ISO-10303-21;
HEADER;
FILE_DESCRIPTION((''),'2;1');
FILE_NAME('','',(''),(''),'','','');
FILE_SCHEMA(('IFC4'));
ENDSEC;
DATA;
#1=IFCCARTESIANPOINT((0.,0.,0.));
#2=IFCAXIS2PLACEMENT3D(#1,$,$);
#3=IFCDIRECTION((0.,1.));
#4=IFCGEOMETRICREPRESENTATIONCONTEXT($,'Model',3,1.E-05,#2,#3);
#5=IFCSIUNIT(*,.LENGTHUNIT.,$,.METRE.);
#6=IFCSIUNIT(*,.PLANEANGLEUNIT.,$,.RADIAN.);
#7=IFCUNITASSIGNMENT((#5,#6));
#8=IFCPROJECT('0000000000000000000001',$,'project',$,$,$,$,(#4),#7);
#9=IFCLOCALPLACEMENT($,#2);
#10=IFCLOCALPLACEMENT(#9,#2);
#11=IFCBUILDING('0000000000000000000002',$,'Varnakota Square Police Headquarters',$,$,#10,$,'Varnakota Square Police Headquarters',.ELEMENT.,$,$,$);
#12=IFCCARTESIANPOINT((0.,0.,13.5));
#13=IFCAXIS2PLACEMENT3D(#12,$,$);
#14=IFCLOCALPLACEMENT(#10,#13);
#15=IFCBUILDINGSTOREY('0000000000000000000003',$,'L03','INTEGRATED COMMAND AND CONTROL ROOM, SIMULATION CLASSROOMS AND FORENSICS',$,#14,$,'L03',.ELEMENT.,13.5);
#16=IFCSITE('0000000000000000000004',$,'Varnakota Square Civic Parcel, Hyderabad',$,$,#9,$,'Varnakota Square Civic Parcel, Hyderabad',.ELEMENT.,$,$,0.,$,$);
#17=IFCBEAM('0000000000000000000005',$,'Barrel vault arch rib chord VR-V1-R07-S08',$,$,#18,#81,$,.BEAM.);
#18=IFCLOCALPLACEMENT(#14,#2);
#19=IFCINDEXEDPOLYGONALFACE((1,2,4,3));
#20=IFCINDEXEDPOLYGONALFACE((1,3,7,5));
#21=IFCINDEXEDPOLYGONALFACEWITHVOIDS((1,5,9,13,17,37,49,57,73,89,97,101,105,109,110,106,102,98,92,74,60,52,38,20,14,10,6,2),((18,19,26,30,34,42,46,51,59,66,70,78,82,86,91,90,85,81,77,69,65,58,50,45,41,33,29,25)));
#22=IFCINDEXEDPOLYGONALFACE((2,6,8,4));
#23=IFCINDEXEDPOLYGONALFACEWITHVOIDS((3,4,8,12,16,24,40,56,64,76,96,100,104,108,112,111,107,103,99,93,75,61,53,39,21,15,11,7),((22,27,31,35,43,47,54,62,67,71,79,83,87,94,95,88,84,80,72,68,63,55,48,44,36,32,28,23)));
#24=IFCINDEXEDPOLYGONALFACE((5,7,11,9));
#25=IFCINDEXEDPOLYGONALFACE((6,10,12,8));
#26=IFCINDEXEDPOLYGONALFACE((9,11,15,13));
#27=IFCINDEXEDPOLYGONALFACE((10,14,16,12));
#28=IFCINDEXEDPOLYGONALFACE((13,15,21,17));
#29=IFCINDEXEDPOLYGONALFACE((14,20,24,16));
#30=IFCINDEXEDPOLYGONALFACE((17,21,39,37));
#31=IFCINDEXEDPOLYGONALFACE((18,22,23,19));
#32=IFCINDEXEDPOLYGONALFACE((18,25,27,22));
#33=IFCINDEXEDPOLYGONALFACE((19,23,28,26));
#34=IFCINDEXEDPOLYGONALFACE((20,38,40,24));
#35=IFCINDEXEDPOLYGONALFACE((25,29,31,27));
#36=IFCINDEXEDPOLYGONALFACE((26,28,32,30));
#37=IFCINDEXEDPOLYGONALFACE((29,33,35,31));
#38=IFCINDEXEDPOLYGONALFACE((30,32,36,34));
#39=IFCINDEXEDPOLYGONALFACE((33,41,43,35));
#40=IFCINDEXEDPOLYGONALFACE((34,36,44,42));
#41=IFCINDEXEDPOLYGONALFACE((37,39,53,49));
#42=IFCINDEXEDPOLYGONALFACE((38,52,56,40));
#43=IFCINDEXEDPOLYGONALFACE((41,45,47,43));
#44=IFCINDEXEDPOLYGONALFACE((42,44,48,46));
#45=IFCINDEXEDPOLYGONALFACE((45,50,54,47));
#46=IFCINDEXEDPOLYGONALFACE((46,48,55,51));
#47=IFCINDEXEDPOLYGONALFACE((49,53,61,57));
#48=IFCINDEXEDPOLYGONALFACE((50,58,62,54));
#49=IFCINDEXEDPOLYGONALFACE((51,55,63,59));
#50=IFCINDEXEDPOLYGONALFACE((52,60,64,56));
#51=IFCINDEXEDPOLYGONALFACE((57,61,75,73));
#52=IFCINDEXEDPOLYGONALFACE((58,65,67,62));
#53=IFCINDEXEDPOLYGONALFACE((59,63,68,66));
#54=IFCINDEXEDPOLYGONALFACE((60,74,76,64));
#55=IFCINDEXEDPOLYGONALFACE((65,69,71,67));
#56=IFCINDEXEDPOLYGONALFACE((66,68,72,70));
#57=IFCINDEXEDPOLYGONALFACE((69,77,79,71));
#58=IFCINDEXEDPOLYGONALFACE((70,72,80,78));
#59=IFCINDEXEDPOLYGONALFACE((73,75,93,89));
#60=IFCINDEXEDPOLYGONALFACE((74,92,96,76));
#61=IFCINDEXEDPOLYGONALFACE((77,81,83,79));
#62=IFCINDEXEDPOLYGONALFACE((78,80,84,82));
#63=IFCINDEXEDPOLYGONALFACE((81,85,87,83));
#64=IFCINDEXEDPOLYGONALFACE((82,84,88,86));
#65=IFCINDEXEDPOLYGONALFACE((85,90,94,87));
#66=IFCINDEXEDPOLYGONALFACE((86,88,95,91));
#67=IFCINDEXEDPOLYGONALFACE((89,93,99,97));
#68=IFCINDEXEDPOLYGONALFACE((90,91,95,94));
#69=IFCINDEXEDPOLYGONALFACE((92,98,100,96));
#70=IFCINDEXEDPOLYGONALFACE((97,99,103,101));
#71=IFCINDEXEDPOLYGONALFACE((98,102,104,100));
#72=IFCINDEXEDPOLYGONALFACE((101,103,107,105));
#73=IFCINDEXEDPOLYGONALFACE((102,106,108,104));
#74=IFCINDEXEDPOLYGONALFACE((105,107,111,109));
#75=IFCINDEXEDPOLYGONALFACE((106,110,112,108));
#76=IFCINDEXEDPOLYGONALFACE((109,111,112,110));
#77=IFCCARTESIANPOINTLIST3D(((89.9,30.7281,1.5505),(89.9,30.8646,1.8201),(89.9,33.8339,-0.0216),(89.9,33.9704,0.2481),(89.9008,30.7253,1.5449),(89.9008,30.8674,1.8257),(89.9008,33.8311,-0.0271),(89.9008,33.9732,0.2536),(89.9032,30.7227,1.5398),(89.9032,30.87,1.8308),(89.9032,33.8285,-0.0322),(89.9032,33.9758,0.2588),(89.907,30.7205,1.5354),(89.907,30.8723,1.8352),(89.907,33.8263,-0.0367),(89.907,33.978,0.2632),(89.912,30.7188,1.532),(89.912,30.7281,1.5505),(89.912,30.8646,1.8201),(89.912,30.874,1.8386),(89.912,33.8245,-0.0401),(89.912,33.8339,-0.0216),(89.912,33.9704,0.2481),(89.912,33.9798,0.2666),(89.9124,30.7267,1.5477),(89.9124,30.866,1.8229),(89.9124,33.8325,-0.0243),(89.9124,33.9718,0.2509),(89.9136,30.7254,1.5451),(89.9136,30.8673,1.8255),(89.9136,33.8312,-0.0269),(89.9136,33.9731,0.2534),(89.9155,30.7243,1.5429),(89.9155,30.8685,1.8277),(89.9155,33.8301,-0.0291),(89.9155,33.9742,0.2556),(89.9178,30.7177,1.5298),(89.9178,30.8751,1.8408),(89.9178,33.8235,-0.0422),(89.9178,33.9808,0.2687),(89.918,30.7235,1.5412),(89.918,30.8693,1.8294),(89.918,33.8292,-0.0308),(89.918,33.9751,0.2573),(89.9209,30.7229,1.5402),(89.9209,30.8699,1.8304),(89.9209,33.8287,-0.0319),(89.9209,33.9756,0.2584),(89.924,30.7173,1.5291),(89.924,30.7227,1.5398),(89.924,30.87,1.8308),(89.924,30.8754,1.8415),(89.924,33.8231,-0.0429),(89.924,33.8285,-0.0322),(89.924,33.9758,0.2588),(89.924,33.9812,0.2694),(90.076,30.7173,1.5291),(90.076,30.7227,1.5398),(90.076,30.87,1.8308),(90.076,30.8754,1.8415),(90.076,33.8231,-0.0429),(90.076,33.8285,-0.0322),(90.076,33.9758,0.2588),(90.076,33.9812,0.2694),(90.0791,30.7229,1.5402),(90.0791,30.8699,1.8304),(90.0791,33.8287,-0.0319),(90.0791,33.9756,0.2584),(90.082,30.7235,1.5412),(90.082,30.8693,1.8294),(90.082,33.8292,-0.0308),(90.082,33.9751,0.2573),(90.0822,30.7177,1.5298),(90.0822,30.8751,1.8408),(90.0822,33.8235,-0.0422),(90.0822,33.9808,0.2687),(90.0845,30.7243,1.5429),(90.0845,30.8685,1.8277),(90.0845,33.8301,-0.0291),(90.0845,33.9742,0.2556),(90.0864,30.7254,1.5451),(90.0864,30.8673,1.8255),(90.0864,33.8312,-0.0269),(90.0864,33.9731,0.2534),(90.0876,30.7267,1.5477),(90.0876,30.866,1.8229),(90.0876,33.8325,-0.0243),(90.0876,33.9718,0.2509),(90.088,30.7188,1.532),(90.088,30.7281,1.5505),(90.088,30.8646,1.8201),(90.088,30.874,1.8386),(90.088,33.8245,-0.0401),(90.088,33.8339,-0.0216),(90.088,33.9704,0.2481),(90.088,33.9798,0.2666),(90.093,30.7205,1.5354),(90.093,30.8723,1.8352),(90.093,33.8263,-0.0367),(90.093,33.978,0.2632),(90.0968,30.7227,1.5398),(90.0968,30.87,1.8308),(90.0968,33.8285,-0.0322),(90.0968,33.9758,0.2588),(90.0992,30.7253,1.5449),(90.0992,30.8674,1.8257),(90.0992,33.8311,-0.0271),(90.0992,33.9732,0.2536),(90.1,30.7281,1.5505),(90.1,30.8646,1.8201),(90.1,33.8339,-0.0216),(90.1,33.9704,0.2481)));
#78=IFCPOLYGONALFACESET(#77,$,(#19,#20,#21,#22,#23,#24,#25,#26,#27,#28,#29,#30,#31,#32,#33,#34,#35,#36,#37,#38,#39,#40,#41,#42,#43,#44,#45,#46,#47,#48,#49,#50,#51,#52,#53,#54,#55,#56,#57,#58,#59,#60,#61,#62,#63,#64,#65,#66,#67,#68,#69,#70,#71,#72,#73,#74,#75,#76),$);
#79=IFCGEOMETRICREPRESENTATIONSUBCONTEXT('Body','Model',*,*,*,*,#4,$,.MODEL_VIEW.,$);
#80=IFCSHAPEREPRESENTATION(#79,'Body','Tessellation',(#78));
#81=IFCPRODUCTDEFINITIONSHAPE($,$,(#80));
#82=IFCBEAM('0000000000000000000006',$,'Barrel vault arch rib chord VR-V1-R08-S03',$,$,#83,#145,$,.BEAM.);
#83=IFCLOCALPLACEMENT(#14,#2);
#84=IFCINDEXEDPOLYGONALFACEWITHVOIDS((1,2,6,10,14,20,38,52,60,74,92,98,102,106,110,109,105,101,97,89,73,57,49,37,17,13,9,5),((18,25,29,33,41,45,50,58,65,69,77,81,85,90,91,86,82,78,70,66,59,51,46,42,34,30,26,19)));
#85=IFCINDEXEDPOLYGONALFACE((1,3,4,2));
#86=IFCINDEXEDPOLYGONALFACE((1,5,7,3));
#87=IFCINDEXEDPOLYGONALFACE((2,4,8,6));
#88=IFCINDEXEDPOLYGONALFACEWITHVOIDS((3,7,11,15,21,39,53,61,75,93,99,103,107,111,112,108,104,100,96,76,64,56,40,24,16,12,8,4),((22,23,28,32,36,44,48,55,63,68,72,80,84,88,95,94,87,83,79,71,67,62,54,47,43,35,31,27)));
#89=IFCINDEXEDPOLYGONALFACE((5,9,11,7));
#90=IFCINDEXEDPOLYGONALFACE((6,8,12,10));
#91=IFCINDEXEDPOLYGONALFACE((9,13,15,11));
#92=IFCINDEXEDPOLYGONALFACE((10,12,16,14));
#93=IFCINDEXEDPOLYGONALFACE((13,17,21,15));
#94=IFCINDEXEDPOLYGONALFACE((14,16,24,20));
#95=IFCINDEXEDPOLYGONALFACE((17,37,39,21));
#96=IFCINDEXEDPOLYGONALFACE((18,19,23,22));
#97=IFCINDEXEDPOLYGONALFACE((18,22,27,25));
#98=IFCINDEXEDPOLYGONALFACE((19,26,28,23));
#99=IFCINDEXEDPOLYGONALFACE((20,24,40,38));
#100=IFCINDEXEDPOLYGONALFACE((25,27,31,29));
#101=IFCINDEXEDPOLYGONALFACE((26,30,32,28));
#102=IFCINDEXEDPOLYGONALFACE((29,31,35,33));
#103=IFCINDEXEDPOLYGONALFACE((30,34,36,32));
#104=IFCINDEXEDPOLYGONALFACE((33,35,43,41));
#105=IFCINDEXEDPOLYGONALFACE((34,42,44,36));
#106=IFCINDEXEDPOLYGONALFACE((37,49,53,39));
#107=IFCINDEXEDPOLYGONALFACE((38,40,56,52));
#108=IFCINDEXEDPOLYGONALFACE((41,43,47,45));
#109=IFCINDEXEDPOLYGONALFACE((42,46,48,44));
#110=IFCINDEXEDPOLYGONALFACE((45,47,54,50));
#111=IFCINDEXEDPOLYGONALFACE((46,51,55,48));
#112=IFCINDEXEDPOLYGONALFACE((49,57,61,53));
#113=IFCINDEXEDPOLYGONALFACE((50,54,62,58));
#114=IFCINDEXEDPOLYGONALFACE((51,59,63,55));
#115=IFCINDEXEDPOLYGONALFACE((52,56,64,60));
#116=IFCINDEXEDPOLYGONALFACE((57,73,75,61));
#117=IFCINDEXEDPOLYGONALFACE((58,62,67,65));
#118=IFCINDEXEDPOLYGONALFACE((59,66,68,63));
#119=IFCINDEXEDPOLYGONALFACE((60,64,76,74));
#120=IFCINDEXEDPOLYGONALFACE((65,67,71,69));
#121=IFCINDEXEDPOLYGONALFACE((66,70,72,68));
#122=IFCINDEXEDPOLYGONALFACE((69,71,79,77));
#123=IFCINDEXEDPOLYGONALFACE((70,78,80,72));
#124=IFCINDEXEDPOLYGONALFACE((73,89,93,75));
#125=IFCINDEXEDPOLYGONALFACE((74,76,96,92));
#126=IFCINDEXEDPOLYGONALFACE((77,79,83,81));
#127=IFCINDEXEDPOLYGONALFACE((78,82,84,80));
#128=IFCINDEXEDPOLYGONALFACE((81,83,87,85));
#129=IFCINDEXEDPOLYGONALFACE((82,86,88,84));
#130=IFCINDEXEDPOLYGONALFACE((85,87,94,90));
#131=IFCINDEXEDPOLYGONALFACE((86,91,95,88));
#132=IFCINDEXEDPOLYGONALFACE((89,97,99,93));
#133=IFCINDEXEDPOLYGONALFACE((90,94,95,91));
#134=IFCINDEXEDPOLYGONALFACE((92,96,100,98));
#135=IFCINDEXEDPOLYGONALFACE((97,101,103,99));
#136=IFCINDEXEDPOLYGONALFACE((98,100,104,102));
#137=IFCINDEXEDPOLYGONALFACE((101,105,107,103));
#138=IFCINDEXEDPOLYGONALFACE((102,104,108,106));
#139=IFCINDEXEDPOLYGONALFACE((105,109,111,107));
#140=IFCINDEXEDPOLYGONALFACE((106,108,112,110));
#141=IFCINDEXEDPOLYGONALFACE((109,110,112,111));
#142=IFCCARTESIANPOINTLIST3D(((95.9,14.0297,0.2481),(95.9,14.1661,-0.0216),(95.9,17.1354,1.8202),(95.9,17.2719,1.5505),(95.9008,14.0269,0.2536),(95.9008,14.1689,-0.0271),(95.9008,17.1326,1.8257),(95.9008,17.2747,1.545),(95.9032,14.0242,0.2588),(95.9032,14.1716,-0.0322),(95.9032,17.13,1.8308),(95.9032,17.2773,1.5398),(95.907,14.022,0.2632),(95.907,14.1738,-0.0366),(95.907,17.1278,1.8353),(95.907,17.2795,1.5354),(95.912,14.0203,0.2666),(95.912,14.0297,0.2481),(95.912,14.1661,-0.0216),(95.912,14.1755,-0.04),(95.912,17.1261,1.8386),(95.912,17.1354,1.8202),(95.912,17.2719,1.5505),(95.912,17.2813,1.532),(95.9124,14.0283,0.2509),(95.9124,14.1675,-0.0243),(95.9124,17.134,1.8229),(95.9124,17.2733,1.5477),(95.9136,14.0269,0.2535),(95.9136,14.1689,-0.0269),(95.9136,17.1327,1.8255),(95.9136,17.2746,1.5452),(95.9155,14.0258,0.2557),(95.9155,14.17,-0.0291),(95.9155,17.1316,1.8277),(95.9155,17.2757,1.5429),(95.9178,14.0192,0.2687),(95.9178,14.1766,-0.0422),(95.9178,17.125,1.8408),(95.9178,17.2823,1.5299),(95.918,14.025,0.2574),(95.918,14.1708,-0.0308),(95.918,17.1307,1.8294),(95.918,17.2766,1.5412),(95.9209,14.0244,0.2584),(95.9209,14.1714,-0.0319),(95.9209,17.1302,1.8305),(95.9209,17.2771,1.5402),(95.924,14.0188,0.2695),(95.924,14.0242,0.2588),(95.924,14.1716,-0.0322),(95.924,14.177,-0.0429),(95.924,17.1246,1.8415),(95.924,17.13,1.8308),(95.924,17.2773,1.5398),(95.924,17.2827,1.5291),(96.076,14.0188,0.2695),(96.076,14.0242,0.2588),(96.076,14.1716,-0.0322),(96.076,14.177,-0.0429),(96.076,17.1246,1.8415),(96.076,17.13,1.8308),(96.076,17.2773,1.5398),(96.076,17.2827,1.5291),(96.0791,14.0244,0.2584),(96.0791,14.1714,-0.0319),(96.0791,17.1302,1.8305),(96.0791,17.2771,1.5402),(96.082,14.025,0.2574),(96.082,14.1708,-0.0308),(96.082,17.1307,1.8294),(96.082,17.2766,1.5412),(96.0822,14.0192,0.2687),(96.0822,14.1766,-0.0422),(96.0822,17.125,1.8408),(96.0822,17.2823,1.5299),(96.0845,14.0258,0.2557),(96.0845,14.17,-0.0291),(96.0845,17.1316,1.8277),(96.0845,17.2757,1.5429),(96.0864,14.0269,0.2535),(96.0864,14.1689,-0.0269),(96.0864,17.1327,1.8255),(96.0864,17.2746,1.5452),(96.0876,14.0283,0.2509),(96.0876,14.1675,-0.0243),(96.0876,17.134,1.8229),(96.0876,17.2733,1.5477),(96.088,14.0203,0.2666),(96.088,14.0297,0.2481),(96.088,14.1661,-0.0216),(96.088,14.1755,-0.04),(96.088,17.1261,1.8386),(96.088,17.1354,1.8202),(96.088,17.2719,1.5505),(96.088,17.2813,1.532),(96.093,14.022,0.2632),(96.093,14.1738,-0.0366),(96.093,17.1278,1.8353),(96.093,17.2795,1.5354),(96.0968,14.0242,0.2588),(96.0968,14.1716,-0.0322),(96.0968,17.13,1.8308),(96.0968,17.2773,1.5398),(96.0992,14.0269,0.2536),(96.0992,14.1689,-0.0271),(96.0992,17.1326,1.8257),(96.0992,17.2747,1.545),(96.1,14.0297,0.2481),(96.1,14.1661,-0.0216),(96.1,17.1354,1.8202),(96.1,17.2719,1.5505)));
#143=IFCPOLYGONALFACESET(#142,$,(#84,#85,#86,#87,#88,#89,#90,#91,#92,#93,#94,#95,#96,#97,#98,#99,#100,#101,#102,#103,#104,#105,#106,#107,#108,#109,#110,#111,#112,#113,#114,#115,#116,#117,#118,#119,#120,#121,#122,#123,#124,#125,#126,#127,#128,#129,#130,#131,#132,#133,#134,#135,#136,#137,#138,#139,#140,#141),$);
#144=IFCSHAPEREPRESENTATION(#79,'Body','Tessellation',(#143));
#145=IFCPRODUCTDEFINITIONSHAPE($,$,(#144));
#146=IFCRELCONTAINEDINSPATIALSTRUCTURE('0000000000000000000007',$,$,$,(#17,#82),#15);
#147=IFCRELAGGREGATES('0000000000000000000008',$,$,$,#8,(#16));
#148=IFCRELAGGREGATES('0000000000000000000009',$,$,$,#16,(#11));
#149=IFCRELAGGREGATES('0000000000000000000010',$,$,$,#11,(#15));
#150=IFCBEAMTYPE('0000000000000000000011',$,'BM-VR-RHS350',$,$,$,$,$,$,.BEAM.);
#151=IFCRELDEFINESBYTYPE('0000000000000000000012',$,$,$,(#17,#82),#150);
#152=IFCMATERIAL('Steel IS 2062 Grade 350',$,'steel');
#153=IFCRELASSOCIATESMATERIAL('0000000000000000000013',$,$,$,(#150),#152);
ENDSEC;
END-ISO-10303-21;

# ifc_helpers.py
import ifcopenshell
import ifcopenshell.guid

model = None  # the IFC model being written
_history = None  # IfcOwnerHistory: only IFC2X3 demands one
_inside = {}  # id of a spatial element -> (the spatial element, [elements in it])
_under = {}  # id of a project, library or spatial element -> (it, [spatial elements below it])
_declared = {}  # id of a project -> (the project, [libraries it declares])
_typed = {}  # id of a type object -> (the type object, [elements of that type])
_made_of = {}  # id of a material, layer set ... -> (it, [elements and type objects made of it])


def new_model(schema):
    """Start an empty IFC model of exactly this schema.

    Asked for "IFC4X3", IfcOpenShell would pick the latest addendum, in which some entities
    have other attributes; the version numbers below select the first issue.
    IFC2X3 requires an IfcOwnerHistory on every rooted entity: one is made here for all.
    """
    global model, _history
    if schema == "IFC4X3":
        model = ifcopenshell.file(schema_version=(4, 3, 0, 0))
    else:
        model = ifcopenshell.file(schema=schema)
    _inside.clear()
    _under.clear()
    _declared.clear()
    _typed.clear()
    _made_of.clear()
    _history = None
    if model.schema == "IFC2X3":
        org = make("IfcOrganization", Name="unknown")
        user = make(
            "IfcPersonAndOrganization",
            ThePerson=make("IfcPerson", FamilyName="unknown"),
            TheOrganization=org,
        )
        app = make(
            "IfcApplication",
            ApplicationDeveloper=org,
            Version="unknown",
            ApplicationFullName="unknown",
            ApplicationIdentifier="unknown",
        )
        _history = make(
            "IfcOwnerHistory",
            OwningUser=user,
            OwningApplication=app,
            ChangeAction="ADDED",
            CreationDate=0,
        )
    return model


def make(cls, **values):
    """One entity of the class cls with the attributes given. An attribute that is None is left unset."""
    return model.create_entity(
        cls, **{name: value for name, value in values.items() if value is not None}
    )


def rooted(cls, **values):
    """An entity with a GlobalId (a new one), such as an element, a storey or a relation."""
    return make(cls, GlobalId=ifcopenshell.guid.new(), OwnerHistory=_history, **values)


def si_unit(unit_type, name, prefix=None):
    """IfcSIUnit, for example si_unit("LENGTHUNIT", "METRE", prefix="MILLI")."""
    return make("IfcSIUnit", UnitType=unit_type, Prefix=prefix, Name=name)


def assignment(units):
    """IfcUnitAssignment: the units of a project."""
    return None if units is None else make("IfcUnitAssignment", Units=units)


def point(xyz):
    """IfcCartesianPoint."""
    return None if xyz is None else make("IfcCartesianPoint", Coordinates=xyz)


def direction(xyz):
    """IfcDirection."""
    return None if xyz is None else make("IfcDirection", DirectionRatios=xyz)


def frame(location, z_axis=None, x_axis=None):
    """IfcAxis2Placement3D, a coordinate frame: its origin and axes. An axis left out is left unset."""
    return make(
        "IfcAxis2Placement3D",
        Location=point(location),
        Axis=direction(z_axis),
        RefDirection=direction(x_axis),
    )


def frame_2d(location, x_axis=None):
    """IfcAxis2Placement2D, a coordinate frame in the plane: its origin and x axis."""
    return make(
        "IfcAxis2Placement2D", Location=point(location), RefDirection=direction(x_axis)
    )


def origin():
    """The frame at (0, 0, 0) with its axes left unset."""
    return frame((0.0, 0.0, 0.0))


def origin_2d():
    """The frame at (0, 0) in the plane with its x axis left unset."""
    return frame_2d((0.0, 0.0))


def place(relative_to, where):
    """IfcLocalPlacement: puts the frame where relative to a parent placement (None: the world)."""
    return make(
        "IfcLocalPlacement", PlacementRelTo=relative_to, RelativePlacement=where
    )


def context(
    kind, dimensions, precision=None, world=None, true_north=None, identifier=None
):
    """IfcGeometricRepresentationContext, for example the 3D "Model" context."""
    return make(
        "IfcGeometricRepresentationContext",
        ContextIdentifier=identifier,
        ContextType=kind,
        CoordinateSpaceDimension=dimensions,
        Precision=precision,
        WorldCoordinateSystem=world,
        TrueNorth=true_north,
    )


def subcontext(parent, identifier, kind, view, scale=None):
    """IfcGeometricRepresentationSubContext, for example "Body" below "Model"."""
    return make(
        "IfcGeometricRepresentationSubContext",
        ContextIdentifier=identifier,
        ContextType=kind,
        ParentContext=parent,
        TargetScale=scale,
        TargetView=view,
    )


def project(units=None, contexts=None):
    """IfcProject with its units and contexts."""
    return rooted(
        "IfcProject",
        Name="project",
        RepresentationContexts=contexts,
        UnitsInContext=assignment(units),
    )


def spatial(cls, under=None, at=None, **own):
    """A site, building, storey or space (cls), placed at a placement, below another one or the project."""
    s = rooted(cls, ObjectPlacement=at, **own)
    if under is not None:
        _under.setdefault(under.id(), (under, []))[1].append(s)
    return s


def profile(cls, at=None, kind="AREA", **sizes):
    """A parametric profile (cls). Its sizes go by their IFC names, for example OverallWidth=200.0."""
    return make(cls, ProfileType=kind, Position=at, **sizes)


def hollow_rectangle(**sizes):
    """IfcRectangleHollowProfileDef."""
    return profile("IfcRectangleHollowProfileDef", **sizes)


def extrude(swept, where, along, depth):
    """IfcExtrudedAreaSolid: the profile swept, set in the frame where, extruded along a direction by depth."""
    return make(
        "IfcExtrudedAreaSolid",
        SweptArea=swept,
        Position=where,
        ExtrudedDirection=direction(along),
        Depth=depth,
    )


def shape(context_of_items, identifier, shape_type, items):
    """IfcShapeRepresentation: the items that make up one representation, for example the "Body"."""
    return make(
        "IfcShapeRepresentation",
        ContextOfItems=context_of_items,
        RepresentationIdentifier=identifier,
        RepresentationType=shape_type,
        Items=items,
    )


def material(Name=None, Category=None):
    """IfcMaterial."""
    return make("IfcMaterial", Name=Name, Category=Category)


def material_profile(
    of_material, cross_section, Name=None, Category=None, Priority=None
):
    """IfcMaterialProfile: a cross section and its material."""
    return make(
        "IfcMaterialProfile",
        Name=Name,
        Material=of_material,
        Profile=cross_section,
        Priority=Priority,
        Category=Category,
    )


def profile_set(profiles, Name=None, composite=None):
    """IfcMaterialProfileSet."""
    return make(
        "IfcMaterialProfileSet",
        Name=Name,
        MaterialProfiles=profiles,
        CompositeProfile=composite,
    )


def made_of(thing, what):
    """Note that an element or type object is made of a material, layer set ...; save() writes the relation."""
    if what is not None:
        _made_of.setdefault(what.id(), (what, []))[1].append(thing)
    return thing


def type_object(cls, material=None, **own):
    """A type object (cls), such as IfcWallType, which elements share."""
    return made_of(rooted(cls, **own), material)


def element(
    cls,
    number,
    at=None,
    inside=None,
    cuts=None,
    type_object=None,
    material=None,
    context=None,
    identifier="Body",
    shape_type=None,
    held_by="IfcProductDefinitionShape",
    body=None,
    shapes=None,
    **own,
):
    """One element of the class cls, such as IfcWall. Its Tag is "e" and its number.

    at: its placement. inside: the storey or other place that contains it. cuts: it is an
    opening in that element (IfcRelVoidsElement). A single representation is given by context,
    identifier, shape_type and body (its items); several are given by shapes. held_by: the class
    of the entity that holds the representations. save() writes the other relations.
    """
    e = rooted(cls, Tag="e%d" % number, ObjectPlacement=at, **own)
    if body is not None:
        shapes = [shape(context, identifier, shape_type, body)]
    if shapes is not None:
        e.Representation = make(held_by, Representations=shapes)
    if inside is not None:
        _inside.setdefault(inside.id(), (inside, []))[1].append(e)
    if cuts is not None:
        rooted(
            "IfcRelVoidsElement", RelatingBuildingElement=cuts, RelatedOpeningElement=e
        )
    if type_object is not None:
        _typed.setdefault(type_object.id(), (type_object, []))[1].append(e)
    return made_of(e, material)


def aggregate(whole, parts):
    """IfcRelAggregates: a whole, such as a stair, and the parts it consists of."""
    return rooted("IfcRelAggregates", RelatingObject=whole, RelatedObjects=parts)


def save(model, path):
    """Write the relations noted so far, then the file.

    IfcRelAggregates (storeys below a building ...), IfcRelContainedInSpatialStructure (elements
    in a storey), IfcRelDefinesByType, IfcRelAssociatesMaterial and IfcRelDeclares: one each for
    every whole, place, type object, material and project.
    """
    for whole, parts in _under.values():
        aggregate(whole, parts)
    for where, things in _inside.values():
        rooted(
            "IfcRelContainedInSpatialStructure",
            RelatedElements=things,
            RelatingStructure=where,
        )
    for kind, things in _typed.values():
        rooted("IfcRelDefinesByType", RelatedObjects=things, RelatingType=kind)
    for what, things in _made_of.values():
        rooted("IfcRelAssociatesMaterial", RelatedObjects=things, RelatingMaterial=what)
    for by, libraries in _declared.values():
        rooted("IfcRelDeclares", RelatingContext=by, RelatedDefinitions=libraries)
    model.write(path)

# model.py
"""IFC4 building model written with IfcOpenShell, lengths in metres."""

from ifc_helpers import new_model, si_unit, direction, frame, origin, origin_2d, place, context, subcontext, project, spatial, hollow_rectangle, extrude, material, material_profile, profile_set, type_object, element, save


model = new_model("IFC4")

# Units and contexts
model_context = context("Model", 3, precision=1e-05, world=origin(), true_north=direction((0.0, 1.0)))
body_context = subcontext(model_context, "Body", "Model", "MODEL_VIEW")
ifc_project = project(units=[si_unit("LENGTHUNIT", "METRE"), si_unit("PLANEANGLEUNIT", "RADIAN")], contexts=[model_context])

# Site, building, storey
site_placement = place(None, origin())
site = spatial("IfcSite", under=ifc_project, at=site_placement, Name="Varnakota Square Civic Parcel, Hyderabad", LongName="Varnakota Square Civic Parcel, Hyderabad", CompositionType="ELEMENT", RefElevation=0.0)
building_placement = place(site_placement, origin())
building = spatial("IfcBuilding", under=site, at=building_placement, Name="Varnakota Square Police Headquarters", LongName="Varnakota Square Police Headquarters", CompositionType="ELEMENT")
storey_placement = place(building_placement, frame((0.0, 0.0, 13.5)))
storey = spatial("IfcBuildingStorey", under=building, at=storey_placement, Name="L03", Description="INTEGRATED COMMAND AND CONTROL ROOM, SIMULATION CLASSROOMS AND FORENSICS", LongName="L03", CompositionType="ELEMENT", Elevation=13.5)

# Beams
ifc_material_1 = material(Name="Steel IS 2062 Grade 350", Category="steel")
ifc_material_profile_1 = material_profile(ifc_material_1, hollow_rectangle(XDim=0.2, YDim=0.3501, WallThickness=0.012, InnerFilletRadius=0.012, OuterFilletRadius=0.0239, at=origin_2d()), Name="RHS 350x200x12")
ifc_profile_set_1 = profile_set([ifc_material_profile_1], Name="Steel IS 2062 Grade 350")
beam_type = type_object("IfcBeamType", Name="BM-VR-RHS350", PredefinedType="BEAM", material=ifc_profile_set_1)
for number, where, z_axis, x_axis, name in (
    (1, (90.0, 30.7964, 1.6853), (0.0, 0.892214, -0.451613), (-1.0, 0.0, 0.0), "Barrel vault arch rib chord VR-V1-R07-S08"),
    (2, (96.0, 14.0979, 0.1133), (0.0, 0.892214, 0.451613), (-1.0, 0.0, 0.0), "Barrel vault arch rib chord VR-V1-R08-S03"),
):
    element("IfcBeam", number, at=place(storey_placement, frame(where, z_axis=z_axis, x_axis=x_axis)), inside=storey, type_object=beam_type, Name=name, PredefinedType="BEAM", context=body_context, shape_type="SweptSolid", body=[
        extrude(hollow_rectangle(XDim=0.2, YDim=0.3501, WallThickness=0.012, InnerFilletRadius=0.012, OuterFilletRadius=0.0239, at=origin_2d()), origin(), (0.0, 0.0, 1.0), 3.481),
    ])

save(model, "model.ifc")
